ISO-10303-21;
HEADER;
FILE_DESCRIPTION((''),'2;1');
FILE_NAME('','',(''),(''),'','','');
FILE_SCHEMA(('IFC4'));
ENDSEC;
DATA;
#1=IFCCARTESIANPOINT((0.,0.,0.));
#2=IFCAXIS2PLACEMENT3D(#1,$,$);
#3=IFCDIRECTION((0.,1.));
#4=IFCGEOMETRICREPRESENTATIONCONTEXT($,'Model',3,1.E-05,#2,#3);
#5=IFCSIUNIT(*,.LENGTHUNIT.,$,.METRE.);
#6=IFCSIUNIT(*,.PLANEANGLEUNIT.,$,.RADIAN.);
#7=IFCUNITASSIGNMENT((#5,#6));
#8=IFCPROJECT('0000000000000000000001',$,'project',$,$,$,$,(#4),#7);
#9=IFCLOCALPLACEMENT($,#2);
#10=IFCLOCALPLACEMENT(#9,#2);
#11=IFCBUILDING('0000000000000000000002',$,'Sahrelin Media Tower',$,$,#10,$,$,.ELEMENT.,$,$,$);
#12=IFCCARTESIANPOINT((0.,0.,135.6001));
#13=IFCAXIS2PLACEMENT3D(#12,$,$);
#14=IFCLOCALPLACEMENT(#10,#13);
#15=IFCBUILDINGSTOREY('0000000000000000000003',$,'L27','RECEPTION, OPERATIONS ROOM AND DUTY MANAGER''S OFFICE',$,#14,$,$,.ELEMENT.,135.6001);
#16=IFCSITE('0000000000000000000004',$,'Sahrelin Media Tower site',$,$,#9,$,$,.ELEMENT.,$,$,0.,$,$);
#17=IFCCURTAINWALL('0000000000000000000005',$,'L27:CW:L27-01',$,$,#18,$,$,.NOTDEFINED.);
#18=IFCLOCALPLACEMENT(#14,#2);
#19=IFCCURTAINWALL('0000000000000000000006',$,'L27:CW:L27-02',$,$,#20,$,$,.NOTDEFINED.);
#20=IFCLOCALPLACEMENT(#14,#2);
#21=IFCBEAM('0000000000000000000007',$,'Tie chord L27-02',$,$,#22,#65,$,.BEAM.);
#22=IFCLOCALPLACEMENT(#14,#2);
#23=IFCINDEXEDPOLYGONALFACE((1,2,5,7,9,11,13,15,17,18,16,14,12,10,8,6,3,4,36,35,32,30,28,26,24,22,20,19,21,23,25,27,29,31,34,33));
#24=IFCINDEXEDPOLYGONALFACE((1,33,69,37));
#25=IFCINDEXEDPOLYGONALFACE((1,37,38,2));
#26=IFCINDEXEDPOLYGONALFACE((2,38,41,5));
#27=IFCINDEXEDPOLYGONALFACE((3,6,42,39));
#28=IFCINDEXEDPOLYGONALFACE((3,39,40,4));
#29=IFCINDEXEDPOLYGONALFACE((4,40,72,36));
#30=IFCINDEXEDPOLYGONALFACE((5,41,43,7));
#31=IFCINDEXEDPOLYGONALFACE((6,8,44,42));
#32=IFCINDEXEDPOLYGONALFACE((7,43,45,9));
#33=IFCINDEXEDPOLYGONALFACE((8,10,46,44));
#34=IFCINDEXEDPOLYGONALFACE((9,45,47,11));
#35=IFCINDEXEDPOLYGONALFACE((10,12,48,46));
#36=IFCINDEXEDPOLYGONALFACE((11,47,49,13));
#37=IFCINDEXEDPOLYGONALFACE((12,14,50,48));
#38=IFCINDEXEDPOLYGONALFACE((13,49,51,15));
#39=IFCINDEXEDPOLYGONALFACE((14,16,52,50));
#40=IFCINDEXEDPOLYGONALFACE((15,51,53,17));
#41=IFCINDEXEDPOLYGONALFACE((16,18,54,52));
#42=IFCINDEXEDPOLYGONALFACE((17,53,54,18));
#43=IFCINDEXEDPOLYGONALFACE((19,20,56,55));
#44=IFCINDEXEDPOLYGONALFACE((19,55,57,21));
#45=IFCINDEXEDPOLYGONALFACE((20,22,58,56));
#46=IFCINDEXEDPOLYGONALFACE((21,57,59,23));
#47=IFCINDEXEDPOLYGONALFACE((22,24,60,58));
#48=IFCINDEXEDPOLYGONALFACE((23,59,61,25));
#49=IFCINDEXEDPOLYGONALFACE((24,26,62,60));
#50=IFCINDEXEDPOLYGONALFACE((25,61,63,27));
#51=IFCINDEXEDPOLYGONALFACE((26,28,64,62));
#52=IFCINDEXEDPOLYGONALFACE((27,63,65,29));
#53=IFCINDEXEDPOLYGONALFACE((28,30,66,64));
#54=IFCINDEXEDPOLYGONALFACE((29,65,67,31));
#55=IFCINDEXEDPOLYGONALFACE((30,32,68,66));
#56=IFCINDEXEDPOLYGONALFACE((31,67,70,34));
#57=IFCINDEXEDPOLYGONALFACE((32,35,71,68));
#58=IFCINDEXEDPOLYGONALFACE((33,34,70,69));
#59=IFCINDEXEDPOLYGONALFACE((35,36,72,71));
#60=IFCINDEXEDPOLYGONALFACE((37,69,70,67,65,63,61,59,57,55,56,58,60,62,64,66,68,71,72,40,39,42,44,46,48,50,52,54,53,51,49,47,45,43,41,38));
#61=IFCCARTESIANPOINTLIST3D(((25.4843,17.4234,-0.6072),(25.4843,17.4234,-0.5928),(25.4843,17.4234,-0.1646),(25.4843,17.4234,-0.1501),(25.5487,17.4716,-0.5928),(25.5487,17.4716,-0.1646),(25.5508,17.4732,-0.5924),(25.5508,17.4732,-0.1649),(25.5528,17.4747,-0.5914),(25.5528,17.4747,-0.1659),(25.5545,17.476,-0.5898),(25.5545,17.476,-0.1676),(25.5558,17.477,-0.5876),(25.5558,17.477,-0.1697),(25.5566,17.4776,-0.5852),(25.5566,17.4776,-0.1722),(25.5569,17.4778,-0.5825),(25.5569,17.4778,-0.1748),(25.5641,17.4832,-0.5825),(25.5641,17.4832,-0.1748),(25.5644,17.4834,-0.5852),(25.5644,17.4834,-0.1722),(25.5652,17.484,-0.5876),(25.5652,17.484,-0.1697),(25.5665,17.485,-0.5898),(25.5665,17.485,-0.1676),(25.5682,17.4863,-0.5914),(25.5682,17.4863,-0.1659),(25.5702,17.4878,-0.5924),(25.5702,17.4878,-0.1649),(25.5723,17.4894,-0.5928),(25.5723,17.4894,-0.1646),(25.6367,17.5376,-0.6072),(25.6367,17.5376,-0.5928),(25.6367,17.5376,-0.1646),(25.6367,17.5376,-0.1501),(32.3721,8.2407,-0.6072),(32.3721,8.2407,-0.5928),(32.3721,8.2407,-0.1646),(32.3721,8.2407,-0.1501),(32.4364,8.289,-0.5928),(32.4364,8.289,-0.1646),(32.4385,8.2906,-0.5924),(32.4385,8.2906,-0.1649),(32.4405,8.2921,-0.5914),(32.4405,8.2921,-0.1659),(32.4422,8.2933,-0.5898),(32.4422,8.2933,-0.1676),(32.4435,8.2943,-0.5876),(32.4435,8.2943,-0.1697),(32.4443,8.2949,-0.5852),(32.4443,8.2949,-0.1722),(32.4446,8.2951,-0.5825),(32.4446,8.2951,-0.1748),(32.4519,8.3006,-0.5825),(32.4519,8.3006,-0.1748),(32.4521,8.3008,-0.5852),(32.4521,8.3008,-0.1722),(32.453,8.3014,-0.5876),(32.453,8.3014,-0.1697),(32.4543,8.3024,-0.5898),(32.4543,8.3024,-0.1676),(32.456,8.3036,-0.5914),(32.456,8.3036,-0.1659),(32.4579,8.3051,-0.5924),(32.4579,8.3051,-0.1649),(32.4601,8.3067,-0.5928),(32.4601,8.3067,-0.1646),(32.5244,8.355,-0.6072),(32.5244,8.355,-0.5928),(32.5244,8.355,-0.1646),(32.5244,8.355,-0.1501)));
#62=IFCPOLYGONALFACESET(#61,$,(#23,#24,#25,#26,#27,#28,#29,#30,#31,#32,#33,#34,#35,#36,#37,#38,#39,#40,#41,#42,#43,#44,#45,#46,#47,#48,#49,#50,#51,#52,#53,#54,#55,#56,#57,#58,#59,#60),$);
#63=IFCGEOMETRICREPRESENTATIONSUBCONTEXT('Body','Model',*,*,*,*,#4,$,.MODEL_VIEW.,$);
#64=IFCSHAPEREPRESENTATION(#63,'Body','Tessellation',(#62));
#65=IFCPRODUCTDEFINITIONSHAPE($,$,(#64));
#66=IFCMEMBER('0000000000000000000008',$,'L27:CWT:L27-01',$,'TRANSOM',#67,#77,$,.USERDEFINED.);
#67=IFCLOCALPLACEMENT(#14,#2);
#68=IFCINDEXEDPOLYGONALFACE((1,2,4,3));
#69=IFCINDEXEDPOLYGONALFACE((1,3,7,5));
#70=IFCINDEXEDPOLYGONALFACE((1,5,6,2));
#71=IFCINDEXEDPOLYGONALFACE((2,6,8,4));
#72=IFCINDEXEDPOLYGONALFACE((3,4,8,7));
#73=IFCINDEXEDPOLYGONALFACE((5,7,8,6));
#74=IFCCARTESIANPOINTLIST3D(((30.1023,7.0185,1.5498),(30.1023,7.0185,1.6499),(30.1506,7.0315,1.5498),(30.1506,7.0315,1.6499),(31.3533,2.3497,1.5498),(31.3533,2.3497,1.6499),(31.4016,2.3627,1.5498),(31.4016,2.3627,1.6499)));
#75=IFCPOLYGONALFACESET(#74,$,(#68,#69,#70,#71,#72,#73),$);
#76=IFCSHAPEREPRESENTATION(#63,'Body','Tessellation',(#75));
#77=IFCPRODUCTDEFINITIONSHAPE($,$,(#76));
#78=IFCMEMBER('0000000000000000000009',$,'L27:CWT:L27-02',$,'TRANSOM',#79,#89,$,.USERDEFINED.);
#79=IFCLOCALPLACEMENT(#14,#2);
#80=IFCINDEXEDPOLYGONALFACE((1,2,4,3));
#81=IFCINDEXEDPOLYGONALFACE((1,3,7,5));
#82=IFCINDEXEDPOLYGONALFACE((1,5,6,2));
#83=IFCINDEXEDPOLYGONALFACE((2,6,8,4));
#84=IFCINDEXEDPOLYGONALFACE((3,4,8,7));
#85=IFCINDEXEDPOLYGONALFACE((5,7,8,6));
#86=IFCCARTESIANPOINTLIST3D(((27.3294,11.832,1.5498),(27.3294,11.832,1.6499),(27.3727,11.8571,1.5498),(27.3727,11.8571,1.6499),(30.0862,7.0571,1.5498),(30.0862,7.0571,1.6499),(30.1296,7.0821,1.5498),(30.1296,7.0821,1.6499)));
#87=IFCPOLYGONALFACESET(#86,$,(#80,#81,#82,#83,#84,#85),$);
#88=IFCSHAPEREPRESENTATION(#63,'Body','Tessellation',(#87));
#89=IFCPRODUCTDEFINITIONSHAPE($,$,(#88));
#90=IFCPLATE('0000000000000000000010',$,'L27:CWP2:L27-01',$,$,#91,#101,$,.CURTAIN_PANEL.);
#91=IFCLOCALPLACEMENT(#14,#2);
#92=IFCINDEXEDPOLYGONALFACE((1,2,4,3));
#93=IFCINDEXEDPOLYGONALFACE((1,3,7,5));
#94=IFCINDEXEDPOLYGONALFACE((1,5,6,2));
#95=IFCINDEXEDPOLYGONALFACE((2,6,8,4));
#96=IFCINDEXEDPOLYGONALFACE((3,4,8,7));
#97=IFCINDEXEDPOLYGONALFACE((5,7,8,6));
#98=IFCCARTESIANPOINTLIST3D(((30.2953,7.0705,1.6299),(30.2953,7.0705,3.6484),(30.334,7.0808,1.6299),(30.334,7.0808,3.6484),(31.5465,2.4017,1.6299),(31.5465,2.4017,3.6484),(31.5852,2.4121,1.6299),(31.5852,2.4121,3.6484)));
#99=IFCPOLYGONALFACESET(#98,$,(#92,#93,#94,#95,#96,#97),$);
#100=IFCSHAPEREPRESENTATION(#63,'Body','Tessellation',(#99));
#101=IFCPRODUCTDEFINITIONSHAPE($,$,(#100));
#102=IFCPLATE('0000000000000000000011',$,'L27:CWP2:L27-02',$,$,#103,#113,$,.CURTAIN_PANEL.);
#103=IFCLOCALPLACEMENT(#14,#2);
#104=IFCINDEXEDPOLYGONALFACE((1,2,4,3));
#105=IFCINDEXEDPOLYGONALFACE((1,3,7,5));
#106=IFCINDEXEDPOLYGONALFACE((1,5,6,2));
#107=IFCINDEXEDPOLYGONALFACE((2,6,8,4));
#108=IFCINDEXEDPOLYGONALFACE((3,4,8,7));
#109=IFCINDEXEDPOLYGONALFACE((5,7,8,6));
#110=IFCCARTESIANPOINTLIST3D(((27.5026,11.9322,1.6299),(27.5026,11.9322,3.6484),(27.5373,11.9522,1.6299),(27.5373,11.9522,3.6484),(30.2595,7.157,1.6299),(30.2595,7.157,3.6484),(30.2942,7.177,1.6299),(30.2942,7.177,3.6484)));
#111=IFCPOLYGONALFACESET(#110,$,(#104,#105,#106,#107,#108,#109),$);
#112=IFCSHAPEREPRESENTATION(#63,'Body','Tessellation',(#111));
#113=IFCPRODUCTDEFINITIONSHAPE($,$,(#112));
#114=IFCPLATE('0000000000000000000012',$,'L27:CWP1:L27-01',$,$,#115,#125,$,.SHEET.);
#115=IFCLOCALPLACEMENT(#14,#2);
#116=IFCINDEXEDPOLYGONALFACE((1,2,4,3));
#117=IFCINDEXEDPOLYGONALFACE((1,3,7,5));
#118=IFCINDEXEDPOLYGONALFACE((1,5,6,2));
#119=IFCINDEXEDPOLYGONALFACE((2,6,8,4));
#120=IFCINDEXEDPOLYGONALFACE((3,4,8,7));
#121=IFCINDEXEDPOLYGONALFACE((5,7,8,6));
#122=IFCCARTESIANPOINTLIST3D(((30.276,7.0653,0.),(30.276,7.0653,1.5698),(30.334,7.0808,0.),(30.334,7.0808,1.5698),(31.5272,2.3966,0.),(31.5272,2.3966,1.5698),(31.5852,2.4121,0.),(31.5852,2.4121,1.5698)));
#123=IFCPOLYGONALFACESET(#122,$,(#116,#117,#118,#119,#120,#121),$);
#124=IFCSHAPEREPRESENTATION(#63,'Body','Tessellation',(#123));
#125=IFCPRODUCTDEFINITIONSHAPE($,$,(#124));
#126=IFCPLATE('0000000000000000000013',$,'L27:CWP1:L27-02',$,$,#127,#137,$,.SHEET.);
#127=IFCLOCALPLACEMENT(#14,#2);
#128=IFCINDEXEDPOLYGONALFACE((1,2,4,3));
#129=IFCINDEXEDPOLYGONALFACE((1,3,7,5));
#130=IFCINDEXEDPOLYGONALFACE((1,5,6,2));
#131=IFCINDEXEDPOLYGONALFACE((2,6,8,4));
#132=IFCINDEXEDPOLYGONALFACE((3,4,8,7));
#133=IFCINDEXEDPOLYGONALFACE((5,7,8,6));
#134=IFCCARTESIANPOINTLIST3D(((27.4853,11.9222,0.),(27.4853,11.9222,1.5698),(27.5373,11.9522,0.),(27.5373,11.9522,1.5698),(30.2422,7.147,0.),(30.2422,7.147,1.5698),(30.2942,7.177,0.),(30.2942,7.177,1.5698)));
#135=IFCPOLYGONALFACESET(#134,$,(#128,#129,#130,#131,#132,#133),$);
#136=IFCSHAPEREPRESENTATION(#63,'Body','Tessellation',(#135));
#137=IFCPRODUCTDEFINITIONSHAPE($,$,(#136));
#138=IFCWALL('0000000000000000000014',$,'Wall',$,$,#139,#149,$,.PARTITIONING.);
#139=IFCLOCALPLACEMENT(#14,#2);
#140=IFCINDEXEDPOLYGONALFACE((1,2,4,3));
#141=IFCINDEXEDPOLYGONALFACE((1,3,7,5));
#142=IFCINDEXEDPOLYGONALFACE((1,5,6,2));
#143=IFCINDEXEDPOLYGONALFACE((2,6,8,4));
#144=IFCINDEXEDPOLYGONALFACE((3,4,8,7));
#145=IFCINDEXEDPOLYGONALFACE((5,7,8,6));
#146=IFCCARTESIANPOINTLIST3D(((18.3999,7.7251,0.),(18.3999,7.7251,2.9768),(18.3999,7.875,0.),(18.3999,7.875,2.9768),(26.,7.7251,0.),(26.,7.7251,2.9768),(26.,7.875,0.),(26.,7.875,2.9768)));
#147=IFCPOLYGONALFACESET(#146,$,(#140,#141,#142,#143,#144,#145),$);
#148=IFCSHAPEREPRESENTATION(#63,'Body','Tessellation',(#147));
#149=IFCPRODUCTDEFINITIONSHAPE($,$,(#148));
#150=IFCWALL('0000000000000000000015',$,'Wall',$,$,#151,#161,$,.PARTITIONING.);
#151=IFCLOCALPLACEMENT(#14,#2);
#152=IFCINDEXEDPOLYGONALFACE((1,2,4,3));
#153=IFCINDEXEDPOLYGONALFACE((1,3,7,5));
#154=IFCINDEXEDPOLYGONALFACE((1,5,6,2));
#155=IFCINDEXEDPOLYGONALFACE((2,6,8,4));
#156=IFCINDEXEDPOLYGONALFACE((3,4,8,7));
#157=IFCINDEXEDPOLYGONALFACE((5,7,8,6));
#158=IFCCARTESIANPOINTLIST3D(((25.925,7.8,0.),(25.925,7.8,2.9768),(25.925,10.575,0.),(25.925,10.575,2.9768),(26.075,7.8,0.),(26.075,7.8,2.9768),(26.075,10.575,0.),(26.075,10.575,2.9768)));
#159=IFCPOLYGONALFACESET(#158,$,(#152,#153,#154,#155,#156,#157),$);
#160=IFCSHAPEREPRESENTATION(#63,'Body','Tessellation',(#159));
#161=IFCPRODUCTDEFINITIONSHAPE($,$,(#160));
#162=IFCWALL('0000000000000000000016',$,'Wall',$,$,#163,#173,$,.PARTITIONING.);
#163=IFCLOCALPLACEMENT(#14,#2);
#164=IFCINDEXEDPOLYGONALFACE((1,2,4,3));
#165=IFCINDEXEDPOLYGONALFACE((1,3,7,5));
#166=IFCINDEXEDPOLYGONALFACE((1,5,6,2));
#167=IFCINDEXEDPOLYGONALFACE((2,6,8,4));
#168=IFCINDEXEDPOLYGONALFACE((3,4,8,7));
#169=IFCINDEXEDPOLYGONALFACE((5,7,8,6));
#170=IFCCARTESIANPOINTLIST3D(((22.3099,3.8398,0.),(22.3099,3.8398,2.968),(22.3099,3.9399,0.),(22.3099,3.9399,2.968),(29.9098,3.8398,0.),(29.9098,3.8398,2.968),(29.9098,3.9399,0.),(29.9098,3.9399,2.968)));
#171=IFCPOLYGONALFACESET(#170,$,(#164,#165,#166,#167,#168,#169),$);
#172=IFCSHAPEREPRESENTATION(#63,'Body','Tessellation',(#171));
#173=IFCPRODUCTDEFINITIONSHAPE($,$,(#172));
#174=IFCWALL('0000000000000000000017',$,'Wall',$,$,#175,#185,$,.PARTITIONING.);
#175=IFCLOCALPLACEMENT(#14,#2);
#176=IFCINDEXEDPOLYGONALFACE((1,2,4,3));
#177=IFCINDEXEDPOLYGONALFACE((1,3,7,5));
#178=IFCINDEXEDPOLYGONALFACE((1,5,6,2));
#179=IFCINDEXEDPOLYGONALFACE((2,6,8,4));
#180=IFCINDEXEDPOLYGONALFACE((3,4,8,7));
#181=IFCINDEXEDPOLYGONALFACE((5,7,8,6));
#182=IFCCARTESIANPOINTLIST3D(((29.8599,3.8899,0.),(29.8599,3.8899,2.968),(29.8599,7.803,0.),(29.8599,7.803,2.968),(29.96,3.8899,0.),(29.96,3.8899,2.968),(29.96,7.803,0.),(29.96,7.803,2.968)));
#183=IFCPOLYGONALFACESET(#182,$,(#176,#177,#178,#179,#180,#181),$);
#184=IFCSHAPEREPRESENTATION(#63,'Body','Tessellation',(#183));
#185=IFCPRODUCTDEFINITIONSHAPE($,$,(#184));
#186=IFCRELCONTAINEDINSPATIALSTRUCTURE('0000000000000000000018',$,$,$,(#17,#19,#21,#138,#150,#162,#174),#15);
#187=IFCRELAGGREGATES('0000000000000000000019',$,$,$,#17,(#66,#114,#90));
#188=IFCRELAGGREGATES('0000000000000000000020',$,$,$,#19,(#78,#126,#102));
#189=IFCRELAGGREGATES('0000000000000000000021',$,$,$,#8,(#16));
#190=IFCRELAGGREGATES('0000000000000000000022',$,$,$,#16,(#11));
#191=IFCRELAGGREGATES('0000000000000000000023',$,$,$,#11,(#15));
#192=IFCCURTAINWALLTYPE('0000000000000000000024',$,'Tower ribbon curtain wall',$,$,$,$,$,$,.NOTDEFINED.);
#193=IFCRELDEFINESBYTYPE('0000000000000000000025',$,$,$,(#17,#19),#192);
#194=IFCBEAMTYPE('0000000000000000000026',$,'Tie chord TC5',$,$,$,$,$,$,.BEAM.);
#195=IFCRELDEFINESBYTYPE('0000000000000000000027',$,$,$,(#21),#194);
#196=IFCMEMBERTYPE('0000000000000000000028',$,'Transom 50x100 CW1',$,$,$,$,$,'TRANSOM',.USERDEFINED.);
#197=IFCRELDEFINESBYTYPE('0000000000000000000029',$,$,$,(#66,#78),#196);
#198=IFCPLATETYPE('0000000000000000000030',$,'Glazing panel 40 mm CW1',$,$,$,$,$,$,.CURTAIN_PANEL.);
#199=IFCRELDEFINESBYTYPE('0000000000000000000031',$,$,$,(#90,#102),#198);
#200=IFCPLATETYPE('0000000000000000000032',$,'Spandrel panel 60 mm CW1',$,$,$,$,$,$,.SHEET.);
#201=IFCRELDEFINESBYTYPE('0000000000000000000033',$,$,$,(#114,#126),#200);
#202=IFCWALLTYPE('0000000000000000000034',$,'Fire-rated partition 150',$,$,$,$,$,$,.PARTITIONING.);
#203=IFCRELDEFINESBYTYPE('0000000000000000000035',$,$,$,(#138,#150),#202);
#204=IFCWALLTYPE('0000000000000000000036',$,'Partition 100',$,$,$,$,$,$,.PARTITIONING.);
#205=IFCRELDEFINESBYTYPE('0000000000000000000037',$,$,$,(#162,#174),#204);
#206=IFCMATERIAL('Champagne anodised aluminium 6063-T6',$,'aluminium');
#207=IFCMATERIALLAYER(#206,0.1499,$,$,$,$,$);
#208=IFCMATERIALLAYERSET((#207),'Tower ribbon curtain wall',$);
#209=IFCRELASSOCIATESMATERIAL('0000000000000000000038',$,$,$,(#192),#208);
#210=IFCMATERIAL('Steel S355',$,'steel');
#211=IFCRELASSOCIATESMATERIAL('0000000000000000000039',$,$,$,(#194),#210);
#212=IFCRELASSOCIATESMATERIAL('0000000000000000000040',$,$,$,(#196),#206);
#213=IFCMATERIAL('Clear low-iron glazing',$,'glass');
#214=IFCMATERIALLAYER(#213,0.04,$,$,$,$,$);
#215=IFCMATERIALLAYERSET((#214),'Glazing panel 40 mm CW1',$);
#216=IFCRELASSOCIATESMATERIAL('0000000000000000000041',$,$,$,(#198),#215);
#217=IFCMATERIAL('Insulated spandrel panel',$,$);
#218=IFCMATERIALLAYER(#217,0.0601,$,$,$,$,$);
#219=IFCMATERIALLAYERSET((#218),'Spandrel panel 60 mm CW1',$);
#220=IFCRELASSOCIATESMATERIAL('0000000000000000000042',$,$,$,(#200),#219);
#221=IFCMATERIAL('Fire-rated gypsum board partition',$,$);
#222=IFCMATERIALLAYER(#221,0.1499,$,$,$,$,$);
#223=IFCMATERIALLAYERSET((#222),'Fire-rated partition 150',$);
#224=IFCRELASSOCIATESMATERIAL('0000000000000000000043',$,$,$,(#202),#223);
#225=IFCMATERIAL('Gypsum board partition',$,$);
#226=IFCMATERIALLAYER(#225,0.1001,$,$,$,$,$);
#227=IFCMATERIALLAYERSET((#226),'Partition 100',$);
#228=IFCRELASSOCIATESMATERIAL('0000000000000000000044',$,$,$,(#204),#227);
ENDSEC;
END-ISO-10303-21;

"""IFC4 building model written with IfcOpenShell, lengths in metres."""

from ifc_helpers import new_model, si_unit, direction, frame, frame_2d, origin, origin_2d, place, context, subcontext, project, spatial, polyline, rectangle, i_section, outline, extrude, material, layer, layer_set, material_profile, profile_set, type_object, element, aggregate, save


model = new_model("IFC4")

# Units and contexts
model_context = context("Model", 3, precision=1e-05, world=origin(), true_north=direction((0.0, 1.0)))
body_context = subcontext(model_context, "Body", "Model", "MODEL_VIEW")
ifc_project = project(units=[si_unit("LENGTHUNIT", "METRE"), si_unit("PLANEANGLEUNIT", "RADIAN")], contexts=[model_context])

# Site, building, storey
site_placement = place(None, origin())
site = spatial("IfcSite", under=ifc_project, at=site_placement, Name="Sahrelin Media Tower site", CompositionType="ELEMENT", RefElevation=0.0)
building_placement = place(site_placement, origin())
building = spatial("IfcBuilding", under=site, at=building_placement, Name="Sahrelin Media Tower", CompositionType="ELEMENT")
storey_placement = place(building_placement, frame((0.0, 0.0, 135.6001)))
storey = spatial("IfcBuildingStorey", under=building, at=storey_placement, Name="L27", Description="RECEPTION, OPERATIONS ROOM AND DUTY MANAGER'S OFFICE", CompositionType="ELEMENT", Elevation=135.6001)

# Shared definitions
ifc_material_1 = material(Name="Steel S355", Category="steel")

# Curtain walls
ifc_material_2 = material(Name="Champagne anodised aluminium 6063-T6", Category="aluminium")
ifc_layer_1 = layer(ifc_material_2, 0.1499)
ifc_layer_set_1 = layer_set([ifc_layer_1], Name="Tower ribbon curtain wall")
curtain_wall_type = type_object("IfcCurtainWallType", Name="Tower ribbon curtain wall", PredefinedType="NOTDEFINED", material=ifc_layer_set_1)
curtain_wall_1_placement = place(storey_placement, frame((30.9402, 4.7412, 0.0), z_axis=(0.0, 0.0, 1.0), x_axis=(1.0, 0.0, 0.0)))
curtain_wall_1 = element("IfcCurtainWall", 1, at=curtain_wall_1_placement, inside=storey, type_object=curtain_wall_type, Name="L27:CW:L27-01", PredefinedType="NOTDEFINED")
curtain_wall_2_placement = place(storey_placement, frame((28.8984, 9.5547, 0.0), z_axis=(0.0, 0.0, 1.0), x_axis=(1.0, 0.0, 0.0)))
curtain_wall_2 = element("IfcCurtainWall", 2, at=curtain_wall_2_placement, inside=storey, type_object=curtain_wall_type, Name="L27:CW:L27-02", PredefinedType="NOTDEFINED")

# Beam
ifc_material_profile_1 = material_profile(ifc_material_1, i_section(OverallWidth=0.1904, OverallDepth=0.457, WebThickness=0.009, FlangeThickness=0.0144, FilletRadius=0.0103, at=origin_2d()), Name="UB 457x191x74")
ifc_profile_set_1 = profile_set([ifc_material_profile_1], Name="Steel S355")
beam_type_1 = type_object("IfcBeamType", Name="Tie chord TC5", PredefinedType="BEAM", material=ifc_profile_set_1)
beam_1_placement = place(storey_placement, frame((32.4482, 8.2979, -0.3787), z_axis=(-0.600041, 0.799969, 0.0), x_axis=(-0.799969, -0.600041, 0.0)))
element("IfcBeam", 3, at=beam_1_placement, inside=storey, type_object=beam_type_1, Name="Tie chord L27-02", PredefinedType="BEAM", context=body_context, shape_type="SweptSolid", body=[
    extrude(i_section(OverallWidth=0.1904, OverallDepth=0.457, WebThickness=0.009, FlangeThickness=0.0144, FilletRadius=0.0103, at=origin_2d()), origin(), (0.0, 0.0, 1.0), 11.4788),
])

# Members
ifc_material_profile_2 = material_profile(ifc_material_2, rectangle(XDim=0.05, YDim=0.1001, at=origin_2d()), Name="Transom 50x100")
ifc_profile_set_2 = profile_set([ifc_material_profile_2], Name="Champagne anodised aluminium 6063-T6")
member_type_1 = type_object("IfcMemberType", Name="Transom 50x100 CW1", ElementType="TRANSOM", PredefinedType="USERDEFINED", material=ifc_profile_set_2)
member_1_placement = place(storey_placement, frame((31.3774, 2.3562, 1.5999), z_axis=(-0.258819, 0.965926, 0.0), x_axis=(-0.965926, -0.258819, 0.0)))
member_1 = element("IfcMember", 4, at=member_1_placement, type_object=member_type_1, Name="L27:CWT:L27-01", ObjectType="TRANSOM", PredefinedType="USERDEFINED", context=body_context, shape_type="SweptSolid", body=[
    extrude(rectangle(XDim=0.05, YDim=0.1001, at=origin_2d()), origin(), (0.0, 0.0, 1.0), 4.8335),
])
member_2_placement = place(storey_placement, frame((30.1079, 7.0696, 1.5999), z_axis=(-0.500006, 0.866022, 0.0), x_axis=(-0.866022, -0.500006, 0.0)))
member_2 = element("IfcMember", 5, at=member_2_placement, type_object=member_type_1, Name="L27:CWT:L27-02", ObjectType="TRANSOM", PredefinedType="USERDEFINED", context=body_context, shape_type="SweptSolid", body=[
    extrude(rectangle(XDim=0.05, YDim=0.1001, at=origin_2d()), origin(), (0.0, 0.0, 1.0), 5.5137),
])

# Plates
ifc_material_3 = material(Name="Clear low-iron glazing", Category="glass")
ifc_layer_2 = layer(ifc_material_3, 0.04)
ifc_layer_set_2 = layer_set([ifc_layer_2], Name="Glazing panel 40 mm CW1")
plate_type_1 = type_object("IfcPlateType", Name="Glazing panel 40 mm CW1", PredefinedType="CURTAIN_PANEL", material=ifc_layer_set_2)
plate_1_placement = place(storey_placement, frame((31.5852, 2.4121, 1.6299), z_axis=(0.965913, 0.258867, 0.0), x_axis=(-0.258867, 0.965913, 0.0)))
plate_1 = element("IfcPlate", 6, at=plate_1_placement, type_object=plate_type_1, Name="L27:CWP2:L27-01", PredefinedType="CURTAIN_PANEL", context=body_context, shape_type="SweptSolid", body=[
    extrude(outline(polyline([(0.0, 0.0), (4.8335, 0.0), (4.8335, 2.0186), (0.0, 2.0186), (0.0, 0.0)])), origin(), (0.0, 0.0, -1.0), 0.04),
])
plate_2_placement = place(storey_placement, frame((30.2942, 7.177, 1.6299), z_axis=(0.866033, 0.499987, 0.0), x_axis=(-0.499987, 0.866033, 0.0)))
plate_2 = element("IfcPlate", 7, at=plate_2_placement, type_object=plate_type_1, Name="L27:CWP2:L27-02", PredefinedType="CURTAIN_PANEL", context=body_context, shape_type="SweptSolid", body=[
    extrude(outline(polyline([(0.0, 0.0), (5.5139, 0.0), (5.5139, 2.0186), (0.0, 2.0186), (0.0, 0.0)])), origin(), (0.0, 0.0, -1.0), 0.04),
])
ifc_material_4 = material(Name="Insulated spandrel panel")
ifc_layer_3 = layer(ifc_material_4, 0.0601)
ifc_layer_set_3 = layer_set([ifc_layer_3], Name="Spandrel panel 60 mm CW1")
plate_type_2 = type_object("IfcPlateType", Name="Spandrel panel 60 mm CW1", PredefinedType="SHEET", material=ifc_layer_set_3)
plate_3_placement = place(storey_placement, frame((31.5852, 2.4121, 0.0), z_axis=(0.965913, 0.258867, 0.0), x_axis=(-0.258867, 0.965913, 0.0)))
plate_3 = element("IfcPlate", 8, at=plate_3_placement, type_object=plate_type_2, Name="L27:CWP1:L27-01", PredefinedType="SHEET", context=body_context, shape_type="SweptSolid", body=[
    extrude(outline(polyline([(0.0, 0.0), (4.8335, 0.0), (4.8335, 1.5698), (0.0, 1.5698), (0.0, 0.0)])), origin(), (0.0, 0.0, -1.0), 0.0601),
])
aggregate(curtain_wall_1, [member_1, plate_3, plate_1])
plate_4_placement = place(storey_placement, frame((30.2942, 7.177, 0.0), z_axis=(0.866033, 0.499987, 0.0), x_axis=(-0.499987, 0.866033, 0.0)))
plate_4 = element("IfcPlate", 9, at=plate_4_placement, type_object=plate_type_2, Name="L27:CWP1:L27-02", PredefinedType="SHEET", context=body_context, shape_type="SweptSolid", body=[
    extrude(outline(polyline([(0.0, 0.0), (5.5139, 0.0), (5.5139, 1.5698), (0.0, 1.5698), (0.0, 0.0)])), origin(), (0.0, 0.0, -1.0), 0.0601),
])
aggregate(curtain_wall_2, [member_2, plate_4, plate_2])

# Walls
ifc_material_5 = material(Name="Fire-rated gypsum board partition")
ifc_layer_4 = layer(ifc_material_5, 0.1499)
ifc_layer_set_4 = layer_set([ifc_layer_4], Name="Fire-rated partition 150")
wall_type_1 = type_object("IfcWallType", Name="Fire-rated partition 150", PredefinedType="PARTITIONING", material=ifc_layer_set_4)
wall_1_placement = place(storey_placement, frame((18.3999, 7.8, 0.0), z_axis=(0.0, 0.0, 1.0), x_axis=(1.0, 0.0, 0.0)))
element("IfcWall", 10, at=wall_1_placement, inside=storey, type_object=wall_type_1, Name="Wall", PredefinedType="PARTITIONING", context=body_context, shape_type="SweptSolid", body=[
    extrude(rectangle(XDim=7.6001, YDim=0.1499, at=frame_2d((3.8, 0.0))), origin(), (0.0, 0.0, 1.0), 2.9768),
])
wall_2_placement = place(storey_placement, frame((26.0, 7.8, 0.0), z_axis=(0.0, 0.0, 1.0), x_axis=(0.0, 1.0, 0.0)))
element("IfcWall", 11, at=wall_2_placement, inside=storey, type_object=wall_type_1, Name="Wall", PredefinedType="PARTITIONING", context=body_context, shape_type="SweptSolid", body=[
    extrude(rectangle(XDim=2.7749, YDim=0.1499, at=frame_2d((1.3875, 0.0))), origin(), (0.0, 0.0, 1.0), 2.9768),
])
ifc_material_6 = material(Name="Gypsum board partition")
ifc_layer_5 = layer(ifc_material_6, 0.1001)
ifc_layer_set_5 = layer_set([ifc_layer_5], Name="Partition 100")
wall_type_2 = type_object("IfcWallType", Name="Partition 100", PredefinedType="PARTITIONING", material=ifc_layer_set_5)
wall_3_placement = place(storey_placement, frame((22.3101, 3.8899, 0.0), z_axis=(0.0, 0.0, 1.0), x_axis=(1.0, 0.0, 0.0)))
element("IfcWall", 12, at=wall_3_placement, inside=storey, type_object=wall_type_2, Name="Wall", PredefinedType="PARTITIONING", context=body_context, shape_type="SweptSolid", body=[
    extrude(rectangle(XDim=7.5999, YDim=0.1001, at=frame_2d((3.7998, 0.0))), origin(), (0.0, 0.0, 1.0), 2.968),
])
wall_4_placement = place(storey_placement, frame((29.9099, 3.8899, 0.0), z_axis=(0.0, 0.0, 1.0), x_axis=(0.0, 1.0, 0.0)))
element("IfcWall", 13, at=wall_4_placement, inside=storey, type_object=wall_type_2, Name="Wall", PredefinedType="PARTITIONING", context=body_context, shape_type="SweptSolid", body=[
    extrude(rectangle(XDim=3.9131, YDim=0.1001, at=frame_2d((1.9565, 0.0))), origin(), (0.0, 0.0, 1.0), 2.968),
])

save(model, "model.ifc")
